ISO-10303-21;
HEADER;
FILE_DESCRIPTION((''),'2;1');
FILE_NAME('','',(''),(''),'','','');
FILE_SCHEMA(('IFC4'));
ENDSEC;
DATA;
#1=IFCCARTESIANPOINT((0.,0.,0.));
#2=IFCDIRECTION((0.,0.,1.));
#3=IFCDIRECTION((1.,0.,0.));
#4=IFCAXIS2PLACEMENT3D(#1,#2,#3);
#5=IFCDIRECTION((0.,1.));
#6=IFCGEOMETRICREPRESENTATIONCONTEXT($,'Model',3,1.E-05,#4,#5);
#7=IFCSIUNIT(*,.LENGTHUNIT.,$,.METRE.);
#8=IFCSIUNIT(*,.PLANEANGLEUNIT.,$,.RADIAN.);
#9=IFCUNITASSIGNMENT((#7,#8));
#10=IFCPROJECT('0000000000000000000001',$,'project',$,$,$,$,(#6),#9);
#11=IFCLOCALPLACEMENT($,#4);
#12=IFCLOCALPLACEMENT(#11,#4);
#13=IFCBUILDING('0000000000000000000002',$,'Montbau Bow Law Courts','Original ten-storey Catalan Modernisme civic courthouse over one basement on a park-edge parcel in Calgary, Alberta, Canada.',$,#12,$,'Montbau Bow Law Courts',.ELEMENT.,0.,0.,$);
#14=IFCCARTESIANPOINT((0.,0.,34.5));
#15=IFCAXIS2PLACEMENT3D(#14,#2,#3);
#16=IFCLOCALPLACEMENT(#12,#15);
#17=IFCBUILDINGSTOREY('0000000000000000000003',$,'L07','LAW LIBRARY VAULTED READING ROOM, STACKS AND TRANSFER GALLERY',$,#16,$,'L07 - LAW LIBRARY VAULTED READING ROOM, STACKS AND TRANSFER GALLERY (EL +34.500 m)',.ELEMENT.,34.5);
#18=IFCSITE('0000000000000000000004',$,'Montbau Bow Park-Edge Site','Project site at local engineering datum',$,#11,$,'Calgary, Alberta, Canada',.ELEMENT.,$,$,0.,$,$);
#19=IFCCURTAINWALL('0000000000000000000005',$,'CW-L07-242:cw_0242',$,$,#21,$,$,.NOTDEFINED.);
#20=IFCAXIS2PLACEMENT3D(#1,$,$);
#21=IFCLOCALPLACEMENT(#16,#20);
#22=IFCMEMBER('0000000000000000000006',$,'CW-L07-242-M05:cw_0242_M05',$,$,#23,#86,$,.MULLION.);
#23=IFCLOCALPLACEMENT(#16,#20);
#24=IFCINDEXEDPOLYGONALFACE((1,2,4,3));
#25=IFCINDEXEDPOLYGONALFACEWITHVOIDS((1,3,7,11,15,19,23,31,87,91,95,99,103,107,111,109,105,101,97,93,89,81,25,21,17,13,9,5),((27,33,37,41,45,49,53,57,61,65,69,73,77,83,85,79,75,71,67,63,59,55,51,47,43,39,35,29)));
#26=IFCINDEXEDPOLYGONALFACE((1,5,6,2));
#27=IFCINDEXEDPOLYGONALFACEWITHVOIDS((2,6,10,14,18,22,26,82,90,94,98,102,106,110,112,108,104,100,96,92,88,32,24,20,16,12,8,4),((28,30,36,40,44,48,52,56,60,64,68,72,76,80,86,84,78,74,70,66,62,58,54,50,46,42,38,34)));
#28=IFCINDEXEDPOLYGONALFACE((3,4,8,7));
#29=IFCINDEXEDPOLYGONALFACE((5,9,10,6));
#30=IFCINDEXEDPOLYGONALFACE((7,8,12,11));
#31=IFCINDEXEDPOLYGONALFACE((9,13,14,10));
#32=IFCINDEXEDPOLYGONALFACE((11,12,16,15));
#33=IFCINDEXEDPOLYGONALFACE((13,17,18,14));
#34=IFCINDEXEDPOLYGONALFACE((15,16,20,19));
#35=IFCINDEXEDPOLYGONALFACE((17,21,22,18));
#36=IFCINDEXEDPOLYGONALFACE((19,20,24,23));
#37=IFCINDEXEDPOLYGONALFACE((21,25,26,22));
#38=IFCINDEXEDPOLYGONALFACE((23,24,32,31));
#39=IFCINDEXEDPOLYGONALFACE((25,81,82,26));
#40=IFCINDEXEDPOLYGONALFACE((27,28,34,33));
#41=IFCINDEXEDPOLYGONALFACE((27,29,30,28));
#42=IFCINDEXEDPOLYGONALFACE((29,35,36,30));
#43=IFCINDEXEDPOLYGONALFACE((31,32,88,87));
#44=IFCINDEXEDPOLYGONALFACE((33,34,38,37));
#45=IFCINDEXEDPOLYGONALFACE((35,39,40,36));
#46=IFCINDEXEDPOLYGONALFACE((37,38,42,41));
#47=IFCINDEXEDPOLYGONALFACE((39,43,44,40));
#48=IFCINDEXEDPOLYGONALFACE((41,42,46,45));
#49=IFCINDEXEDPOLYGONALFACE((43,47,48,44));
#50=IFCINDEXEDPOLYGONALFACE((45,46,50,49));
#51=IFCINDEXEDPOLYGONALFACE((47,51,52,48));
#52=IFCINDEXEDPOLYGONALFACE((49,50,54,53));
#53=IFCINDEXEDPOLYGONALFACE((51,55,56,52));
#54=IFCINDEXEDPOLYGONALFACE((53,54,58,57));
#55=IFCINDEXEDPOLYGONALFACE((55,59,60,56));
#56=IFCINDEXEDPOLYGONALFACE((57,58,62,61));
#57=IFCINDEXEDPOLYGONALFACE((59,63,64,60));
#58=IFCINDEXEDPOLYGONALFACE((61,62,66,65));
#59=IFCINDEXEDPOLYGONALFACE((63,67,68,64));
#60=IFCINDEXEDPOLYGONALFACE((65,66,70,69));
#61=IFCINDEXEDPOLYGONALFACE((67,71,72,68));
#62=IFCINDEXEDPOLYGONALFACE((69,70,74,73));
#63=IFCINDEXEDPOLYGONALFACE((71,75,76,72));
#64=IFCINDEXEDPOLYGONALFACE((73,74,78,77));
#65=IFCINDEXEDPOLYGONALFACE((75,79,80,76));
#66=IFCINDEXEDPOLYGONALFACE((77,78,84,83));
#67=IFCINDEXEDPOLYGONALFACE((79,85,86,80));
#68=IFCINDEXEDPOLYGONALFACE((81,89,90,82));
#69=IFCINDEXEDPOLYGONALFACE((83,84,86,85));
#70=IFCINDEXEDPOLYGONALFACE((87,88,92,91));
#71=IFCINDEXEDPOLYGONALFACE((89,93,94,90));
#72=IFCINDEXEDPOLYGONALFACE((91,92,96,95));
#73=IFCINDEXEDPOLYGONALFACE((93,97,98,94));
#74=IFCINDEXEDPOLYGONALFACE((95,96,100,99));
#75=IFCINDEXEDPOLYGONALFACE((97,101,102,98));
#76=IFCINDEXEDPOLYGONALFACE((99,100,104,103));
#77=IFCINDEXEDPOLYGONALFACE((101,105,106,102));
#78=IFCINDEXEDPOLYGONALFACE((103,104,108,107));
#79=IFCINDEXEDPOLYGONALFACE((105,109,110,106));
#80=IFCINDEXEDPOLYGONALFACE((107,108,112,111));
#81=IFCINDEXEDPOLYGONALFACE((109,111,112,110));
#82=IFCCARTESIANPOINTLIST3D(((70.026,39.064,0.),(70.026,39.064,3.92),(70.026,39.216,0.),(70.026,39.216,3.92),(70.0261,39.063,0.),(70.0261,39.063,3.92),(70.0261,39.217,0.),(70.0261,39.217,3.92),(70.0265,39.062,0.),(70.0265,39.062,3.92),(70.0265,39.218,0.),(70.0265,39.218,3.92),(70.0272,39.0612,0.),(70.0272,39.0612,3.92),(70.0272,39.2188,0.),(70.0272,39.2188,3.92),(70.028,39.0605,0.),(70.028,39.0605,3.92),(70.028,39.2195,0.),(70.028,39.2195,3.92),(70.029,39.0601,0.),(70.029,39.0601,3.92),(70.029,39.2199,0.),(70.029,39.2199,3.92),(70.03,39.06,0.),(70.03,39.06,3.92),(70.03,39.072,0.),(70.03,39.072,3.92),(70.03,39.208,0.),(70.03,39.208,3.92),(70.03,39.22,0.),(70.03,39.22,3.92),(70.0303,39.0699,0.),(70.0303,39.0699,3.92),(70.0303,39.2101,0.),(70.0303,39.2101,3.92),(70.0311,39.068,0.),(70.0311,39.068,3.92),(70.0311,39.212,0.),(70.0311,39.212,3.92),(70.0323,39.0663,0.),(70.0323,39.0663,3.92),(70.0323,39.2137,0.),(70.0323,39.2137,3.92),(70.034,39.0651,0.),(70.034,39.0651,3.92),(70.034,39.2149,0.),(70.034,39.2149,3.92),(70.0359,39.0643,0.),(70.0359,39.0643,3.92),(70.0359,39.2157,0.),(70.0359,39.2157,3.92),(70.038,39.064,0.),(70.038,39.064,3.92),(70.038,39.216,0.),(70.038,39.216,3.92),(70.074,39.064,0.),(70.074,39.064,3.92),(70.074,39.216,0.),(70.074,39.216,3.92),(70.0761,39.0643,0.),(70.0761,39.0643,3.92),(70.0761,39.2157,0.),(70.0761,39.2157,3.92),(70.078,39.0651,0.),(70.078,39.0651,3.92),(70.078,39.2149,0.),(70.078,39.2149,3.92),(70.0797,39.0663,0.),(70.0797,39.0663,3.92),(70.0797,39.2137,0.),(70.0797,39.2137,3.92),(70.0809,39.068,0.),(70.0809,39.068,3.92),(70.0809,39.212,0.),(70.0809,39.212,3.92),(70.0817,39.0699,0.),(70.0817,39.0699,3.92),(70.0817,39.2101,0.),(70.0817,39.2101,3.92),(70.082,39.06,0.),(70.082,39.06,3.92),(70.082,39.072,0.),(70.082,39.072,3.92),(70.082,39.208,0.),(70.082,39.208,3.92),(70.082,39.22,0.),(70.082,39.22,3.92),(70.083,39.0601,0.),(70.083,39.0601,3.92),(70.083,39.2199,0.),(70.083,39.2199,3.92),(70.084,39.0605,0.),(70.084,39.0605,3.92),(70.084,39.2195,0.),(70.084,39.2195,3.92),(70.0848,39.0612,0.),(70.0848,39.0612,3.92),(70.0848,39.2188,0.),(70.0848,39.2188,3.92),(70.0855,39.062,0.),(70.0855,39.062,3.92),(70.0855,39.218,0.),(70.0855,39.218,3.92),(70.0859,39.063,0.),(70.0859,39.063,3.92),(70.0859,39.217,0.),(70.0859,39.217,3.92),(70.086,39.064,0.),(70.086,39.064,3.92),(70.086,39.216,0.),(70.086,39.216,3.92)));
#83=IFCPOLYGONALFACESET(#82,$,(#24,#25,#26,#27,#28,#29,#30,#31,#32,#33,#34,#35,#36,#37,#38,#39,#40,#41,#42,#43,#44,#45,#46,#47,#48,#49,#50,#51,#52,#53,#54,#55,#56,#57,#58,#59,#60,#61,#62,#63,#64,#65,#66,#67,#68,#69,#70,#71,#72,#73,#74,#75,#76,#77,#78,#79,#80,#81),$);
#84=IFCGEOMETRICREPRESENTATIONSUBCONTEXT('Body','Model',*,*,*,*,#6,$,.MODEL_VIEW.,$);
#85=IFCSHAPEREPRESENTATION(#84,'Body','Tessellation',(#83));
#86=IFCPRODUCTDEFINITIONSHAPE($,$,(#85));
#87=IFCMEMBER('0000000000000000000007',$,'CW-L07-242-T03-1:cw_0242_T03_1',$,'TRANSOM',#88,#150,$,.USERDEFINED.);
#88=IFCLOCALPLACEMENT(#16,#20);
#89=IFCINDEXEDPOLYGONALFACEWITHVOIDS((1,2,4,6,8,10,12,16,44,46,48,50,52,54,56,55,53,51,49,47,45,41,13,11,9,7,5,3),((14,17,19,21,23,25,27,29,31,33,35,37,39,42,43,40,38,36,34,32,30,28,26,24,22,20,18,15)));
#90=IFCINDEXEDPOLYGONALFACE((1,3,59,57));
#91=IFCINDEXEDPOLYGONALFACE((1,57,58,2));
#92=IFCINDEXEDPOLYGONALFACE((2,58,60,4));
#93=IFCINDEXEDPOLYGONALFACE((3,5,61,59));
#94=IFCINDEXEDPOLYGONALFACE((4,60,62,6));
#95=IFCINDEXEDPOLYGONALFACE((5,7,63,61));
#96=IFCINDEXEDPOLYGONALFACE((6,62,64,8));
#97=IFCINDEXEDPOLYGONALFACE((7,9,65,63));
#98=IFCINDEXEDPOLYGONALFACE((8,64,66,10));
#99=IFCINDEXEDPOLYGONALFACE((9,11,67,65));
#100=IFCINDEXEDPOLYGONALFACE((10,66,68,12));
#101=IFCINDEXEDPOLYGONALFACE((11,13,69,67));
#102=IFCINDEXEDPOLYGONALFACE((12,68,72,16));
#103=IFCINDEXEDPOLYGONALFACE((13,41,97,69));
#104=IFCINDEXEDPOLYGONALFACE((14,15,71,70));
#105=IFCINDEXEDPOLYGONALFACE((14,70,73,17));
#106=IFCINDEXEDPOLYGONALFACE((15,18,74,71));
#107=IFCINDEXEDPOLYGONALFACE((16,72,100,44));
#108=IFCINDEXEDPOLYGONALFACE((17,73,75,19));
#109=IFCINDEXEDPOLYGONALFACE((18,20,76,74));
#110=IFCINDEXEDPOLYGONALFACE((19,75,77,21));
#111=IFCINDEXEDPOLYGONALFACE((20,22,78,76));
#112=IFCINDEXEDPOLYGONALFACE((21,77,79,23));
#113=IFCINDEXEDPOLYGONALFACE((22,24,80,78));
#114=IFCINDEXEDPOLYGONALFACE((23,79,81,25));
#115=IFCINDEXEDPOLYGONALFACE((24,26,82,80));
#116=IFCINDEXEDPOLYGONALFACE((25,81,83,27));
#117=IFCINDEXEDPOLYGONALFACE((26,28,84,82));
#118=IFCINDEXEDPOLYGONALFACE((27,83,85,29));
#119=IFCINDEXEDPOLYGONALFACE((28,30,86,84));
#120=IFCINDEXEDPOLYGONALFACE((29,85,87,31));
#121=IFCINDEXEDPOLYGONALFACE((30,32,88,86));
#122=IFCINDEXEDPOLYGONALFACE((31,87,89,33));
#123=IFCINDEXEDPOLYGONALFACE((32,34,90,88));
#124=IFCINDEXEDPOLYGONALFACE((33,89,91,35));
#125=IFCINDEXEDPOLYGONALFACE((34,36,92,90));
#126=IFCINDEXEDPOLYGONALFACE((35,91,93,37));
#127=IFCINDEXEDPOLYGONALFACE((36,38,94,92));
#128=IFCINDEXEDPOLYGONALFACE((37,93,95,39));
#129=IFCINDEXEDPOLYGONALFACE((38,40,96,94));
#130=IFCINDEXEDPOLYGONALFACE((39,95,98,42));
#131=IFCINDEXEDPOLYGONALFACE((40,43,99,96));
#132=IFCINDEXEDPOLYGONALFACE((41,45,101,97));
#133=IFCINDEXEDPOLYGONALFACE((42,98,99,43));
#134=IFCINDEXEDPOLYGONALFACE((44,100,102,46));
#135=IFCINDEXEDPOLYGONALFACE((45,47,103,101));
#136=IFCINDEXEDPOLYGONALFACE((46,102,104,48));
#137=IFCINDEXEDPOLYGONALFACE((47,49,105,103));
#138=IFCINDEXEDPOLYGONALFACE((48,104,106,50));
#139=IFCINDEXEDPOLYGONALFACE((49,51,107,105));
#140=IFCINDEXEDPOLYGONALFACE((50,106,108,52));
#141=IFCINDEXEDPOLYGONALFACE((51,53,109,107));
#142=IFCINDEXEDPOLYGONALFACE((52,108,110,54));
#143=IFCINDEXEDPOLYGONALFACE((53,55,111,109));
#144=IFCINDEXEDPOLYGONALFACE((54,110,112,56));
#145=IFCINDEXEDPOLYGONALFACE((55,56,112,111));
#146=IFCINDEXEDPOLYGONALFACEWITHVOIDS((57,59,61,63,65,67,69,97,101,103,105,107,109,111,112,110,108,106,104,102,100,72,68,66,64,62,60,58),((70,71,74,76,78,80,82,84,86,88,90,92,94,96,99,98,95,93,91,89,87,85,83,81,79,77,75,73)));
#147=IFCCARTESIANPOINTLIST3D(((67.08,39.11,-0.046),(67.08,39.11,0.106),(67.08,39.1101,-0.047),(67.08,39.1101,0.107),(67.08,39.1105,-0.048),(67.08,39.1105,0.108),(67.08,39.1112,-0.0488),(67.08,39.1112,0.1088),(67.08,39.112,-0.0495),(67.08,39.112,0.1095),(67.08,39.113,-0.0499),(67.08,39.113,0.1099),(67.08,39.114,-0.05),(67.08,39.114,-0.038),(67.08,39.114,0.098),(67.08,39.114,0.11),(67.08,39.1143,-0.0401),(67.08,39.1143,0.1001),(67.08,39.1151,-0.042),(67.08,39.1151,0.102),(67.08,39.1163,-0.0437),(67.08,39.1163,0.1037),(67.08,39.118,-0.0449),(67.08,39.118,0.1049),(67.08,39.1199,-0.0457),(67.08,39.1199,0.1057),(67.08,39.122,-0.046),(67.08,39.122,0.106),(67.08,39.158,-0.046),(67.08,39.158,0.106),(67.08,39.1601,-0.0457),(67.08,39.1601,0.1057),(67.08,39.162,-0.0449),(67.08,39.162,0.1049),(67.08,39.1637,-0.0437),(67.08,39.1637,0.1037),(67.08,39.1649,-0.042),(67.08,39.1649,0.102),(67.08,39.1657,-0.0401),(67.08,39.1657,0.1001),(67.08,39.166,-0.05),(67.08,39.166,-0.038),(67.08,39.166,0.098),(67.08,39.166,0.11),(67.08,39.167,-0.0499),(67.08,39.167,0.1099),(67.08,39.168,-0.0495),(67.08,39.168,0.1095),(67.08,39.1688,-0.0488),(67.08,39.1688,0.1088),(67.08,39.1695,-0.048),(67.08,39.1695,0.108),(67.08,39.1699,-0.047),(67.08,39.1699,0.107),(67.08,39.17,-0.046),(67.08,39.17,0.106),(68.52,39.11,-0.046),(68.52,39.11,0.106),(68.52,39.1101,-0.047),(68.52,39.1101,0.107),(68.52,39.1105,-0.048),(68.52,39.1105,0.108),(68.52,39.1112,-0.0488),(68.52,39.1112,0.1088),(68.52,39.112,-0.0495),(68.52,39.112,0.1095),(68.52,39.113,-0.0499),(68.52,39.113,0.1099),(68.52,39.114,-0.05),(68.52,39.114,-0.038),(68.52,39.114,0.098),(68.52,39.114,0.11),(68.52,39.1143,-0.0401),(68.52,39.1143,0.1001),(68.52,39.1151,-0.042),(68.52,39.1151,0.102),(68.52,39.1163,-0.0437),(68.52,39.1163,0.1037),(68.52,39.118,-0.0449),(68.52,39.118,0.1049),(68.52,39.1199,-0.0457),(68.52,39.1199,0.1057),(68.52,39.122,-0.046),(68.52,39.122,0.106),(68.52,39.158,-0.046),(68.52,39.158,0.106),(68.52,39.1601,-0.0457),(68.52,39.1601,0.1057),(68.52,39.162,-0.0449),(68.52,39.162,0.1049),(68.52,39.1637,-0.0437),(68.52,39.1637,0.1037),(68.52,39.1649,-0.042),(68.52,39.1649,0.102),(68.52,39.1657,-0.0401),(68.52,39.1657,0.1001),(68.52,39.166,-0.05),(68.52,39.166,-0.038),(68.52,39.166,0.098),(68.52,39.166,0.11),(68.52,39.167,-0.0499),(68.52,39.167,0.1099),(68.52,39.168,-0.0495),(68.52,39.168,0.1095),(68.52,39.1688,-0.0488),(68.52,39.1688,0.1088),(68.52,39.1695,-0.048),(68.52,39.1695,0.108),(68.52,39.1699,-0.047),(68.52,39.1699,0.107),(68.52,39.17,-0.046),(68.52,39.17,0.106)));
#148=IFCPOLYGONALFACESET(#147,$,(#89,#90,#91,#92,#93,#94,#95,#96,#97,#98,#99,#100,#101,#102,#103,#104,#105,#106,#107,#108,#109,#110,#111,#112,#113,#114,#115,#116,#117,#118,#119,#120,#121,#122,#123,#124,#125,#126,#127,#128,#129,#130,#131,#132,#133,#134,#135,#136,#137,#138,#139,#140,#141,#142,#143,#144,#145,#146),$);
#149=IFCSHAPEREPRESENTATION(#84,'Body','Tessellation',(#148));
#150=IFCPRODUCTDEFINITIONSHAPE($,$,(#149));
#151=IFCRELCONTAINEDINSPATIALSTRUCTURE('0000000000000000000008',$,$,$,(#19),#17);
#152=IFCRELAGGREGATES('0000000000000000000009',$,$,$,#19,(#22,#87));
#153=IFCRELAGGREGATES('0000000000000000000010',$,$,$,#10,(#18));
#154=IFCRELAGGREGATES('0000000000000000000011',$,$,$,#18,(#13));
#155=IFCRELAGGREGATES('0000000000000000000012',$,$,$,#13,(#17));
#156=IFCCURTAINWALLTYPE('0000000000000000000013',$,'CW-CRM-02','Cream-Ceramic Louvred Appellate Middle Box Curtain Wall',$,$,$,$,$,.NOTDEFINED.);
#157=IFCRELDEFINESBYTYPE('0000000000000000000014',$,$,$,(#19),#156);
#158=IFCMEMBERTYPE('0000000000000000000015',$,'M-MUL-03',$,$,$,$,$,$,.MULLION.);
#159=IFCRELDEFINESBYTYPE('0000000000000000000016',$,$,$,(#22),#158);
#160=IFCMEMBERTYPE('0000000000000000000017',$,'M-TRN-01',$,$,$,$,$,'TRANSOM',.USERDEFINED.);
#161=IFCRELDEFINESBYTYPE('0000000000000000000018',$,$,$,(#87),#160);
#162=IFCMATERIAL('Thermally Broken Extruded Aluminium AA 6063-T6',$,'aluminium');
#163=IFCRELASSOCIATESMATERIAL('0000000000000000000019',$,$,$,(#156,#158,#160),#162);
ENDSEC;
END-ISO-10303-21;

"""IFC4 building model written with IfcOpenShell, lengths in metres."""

from ifc_helpers import new_model, si_unit, direction, frame, origin_with_axes, origin_2d_with_axis, place, context, subcontext, project, spatial, hollow_rectangle, extrude, material, material_profile, profile_set, type_object, element, aggregate, save


model = new_model("IFC4")

# Units and contexts
model_context = context("Model", 3, precision=1e-05, world=origin_with_axes(), true_north=direction((0.0, 1.0)))
body_context = subcontext(model_context, "Body", "Model", "MODEL_VIEW")
ifc_project = project(units=[si_unit("LENGTHUNIT", "METRE"), si_unit("PLANEANGLEUNIT", "RADIAN")], contexts=[model_context])

# Site, building, storey
site_placement = place(None, origin_with_axes())
site = spatial("IfcSite", under=ifc_project, at=site_placement, Name="Montbau Bow Park-Edge Site", Description="Project site at local engineering datum", LongName="Calgary, Alberta, Canada", CompositionType="ELEMENT", RefElevation=0.0)
building_placement = place(site_placement, origin_with_axes())
building = spatial("IfcBuilding", under=site, at=building_placement, Name="Montbau Bow Law Courts", Description="Original ten-storey Catalan Modernisme civic courthouse over one basement on a park-edge parcel in Calgary, Alberta, Canada.", LongName="Montbau Bow Law Courts", CompositionType="ELEMENT", ElevationOfRefHeight=0.0, ElevationOfTerrain=0.0)
storey_placement = place(building_placement, frame((0.0, 0.0, 34.5), z_axis=(0.0, 0.0, 1.0), x_axis=(1.0, 0.0, 0.0)))
storey = spatial("IfcBuildingStorey", under=building, at=storey_placement, Name="L07", Description="LAW LIBRARY VAULTED READING ROOM, STACKS AND TRANSFER GALLERY", LongName="L07 - LAW LIBRARY VAULTED READING ROOM, STACKS AND TRANSFER GALLERY (EL +34.500 m)", CompositionType="ELEMENT", Elevation=34.5)

# Curtain wall, members
ifc_material_1 = material(Name="Thermally Broken Extruded Aluminium AA 6063-T6", Category="aluminium")
curtain_wall_type = type_object("IfcCurtainWallType", Name="CW-CRM-02", Description="Cream-Ceramic Louvred Appellate Middle Box Curtain Wall", PredefinedType="NOTDEFINED", material=ifc_material_1)
curtain_wall_placement = place(None, frame((64.04, 39.14, 34.5), z_axis=(0.0, 0.0, 1.0), x_axis=(1.0, 0.0, 0.0)))
curtain_wall = element("IfcCurtainWall", 1, at=curtain_wall_placement, inside=storey, type_object=curtain_wall_type, Name="CW-L07-242:cw_0242", PredefinedType="NOTDEFINED")
ifc_material_profile_1 = material_profile(ifc_material_1, hollow_rectangle(XDim=0.06, YDim=0.16, WallThickness=0.004, InnerFilletRadius=0.008, OuterFilletRadius=0.004, at=origin_2d_with_axis()), Name="CWM-160X60", Category="Main", Priority=0)
ifc_profile_set_1 = profile_set([ifc_material_profile_1], Name="Thermally Broken Extruded Aluminium AA 6063-T6")
member_type_1 = type_object("IfcMemberType", Name="M-MUL-03", PredefinedType="MULLION", material=ifc_profile_set_1)
member_1_placement = place(None, frame((70.056, 39.14, 34.5), z_axis=(0.0, 0.0, 1.0), x_axis=(1.0, 0.0, 0.0)))
member_1 = element("IfcMember", 2, at=member_1_placement, type_object=member_type_1, Name="CW-L07-242-M05:cw_0242_M05", PredefinedType="MULLION", context=body_context, shape_type="SweptSolid", body=[
    extrude(hollow_rectangle(XDim=0.06, YDim=0.16, WallThickness=0.004, InnerFilletRadius=0.008, OuterFilletRadius=0.004, at=origin_2d_with_axis()), origin_with_axes(), (0.0, 0.0, 1.0), 3.92),
])
ifc_material_profile_2 = material_profile(ifc_material_1, hollow_rectangle(XDim=0.06, YDim=0.16, WallThickness=0.004, InnerFilletRadius=0.008, OuterFilletRadius=0.004, at=origin_2d_with_axis()), Name="CWT-160X60", Category="Main", Priority=0)
ifc_profile_set_2 = profile_set([ifc_material_profile_2], Name="Thermally Broken Extruded Aluminium AA 6063-T6")
member_type_2 = type_object("IfcMemberType", Name="M-TRN-01", ElementType="TRANSOM", PredefinedType="USERDEFINED", material=ifc_profile_set_2)
member_2_placement = place(None, frame((67.08, 39.14, 34.53), z_axis=(1.0, 0.0, 0.0), x_axis=(0.0, 1.0, 0.0)))
member_2 = element("IfcMember", 3, at=member_2_placement, type_object=member_type_2, Name="CW-L07-242-T03-1:cw_0242_T03_1", ObjectType="TRANSOM", PredefinedType="USERDEFINED", context=body_context, shape_type="SweptSolid", body=[
    extrude(hollow_rectangle(XDim=0.06, YDim=0.16, WallThickness=0.004, InnerFilletRadius=0.008, OuterFilletRadius=0.004, at=origin_2d_with_axis()), origin_with_axes(), (0.0, 0.0, 1.0), 1.44),
])
aggregate(curtain_wall, [member_1, member_2])

save(model, "model.ifc")
